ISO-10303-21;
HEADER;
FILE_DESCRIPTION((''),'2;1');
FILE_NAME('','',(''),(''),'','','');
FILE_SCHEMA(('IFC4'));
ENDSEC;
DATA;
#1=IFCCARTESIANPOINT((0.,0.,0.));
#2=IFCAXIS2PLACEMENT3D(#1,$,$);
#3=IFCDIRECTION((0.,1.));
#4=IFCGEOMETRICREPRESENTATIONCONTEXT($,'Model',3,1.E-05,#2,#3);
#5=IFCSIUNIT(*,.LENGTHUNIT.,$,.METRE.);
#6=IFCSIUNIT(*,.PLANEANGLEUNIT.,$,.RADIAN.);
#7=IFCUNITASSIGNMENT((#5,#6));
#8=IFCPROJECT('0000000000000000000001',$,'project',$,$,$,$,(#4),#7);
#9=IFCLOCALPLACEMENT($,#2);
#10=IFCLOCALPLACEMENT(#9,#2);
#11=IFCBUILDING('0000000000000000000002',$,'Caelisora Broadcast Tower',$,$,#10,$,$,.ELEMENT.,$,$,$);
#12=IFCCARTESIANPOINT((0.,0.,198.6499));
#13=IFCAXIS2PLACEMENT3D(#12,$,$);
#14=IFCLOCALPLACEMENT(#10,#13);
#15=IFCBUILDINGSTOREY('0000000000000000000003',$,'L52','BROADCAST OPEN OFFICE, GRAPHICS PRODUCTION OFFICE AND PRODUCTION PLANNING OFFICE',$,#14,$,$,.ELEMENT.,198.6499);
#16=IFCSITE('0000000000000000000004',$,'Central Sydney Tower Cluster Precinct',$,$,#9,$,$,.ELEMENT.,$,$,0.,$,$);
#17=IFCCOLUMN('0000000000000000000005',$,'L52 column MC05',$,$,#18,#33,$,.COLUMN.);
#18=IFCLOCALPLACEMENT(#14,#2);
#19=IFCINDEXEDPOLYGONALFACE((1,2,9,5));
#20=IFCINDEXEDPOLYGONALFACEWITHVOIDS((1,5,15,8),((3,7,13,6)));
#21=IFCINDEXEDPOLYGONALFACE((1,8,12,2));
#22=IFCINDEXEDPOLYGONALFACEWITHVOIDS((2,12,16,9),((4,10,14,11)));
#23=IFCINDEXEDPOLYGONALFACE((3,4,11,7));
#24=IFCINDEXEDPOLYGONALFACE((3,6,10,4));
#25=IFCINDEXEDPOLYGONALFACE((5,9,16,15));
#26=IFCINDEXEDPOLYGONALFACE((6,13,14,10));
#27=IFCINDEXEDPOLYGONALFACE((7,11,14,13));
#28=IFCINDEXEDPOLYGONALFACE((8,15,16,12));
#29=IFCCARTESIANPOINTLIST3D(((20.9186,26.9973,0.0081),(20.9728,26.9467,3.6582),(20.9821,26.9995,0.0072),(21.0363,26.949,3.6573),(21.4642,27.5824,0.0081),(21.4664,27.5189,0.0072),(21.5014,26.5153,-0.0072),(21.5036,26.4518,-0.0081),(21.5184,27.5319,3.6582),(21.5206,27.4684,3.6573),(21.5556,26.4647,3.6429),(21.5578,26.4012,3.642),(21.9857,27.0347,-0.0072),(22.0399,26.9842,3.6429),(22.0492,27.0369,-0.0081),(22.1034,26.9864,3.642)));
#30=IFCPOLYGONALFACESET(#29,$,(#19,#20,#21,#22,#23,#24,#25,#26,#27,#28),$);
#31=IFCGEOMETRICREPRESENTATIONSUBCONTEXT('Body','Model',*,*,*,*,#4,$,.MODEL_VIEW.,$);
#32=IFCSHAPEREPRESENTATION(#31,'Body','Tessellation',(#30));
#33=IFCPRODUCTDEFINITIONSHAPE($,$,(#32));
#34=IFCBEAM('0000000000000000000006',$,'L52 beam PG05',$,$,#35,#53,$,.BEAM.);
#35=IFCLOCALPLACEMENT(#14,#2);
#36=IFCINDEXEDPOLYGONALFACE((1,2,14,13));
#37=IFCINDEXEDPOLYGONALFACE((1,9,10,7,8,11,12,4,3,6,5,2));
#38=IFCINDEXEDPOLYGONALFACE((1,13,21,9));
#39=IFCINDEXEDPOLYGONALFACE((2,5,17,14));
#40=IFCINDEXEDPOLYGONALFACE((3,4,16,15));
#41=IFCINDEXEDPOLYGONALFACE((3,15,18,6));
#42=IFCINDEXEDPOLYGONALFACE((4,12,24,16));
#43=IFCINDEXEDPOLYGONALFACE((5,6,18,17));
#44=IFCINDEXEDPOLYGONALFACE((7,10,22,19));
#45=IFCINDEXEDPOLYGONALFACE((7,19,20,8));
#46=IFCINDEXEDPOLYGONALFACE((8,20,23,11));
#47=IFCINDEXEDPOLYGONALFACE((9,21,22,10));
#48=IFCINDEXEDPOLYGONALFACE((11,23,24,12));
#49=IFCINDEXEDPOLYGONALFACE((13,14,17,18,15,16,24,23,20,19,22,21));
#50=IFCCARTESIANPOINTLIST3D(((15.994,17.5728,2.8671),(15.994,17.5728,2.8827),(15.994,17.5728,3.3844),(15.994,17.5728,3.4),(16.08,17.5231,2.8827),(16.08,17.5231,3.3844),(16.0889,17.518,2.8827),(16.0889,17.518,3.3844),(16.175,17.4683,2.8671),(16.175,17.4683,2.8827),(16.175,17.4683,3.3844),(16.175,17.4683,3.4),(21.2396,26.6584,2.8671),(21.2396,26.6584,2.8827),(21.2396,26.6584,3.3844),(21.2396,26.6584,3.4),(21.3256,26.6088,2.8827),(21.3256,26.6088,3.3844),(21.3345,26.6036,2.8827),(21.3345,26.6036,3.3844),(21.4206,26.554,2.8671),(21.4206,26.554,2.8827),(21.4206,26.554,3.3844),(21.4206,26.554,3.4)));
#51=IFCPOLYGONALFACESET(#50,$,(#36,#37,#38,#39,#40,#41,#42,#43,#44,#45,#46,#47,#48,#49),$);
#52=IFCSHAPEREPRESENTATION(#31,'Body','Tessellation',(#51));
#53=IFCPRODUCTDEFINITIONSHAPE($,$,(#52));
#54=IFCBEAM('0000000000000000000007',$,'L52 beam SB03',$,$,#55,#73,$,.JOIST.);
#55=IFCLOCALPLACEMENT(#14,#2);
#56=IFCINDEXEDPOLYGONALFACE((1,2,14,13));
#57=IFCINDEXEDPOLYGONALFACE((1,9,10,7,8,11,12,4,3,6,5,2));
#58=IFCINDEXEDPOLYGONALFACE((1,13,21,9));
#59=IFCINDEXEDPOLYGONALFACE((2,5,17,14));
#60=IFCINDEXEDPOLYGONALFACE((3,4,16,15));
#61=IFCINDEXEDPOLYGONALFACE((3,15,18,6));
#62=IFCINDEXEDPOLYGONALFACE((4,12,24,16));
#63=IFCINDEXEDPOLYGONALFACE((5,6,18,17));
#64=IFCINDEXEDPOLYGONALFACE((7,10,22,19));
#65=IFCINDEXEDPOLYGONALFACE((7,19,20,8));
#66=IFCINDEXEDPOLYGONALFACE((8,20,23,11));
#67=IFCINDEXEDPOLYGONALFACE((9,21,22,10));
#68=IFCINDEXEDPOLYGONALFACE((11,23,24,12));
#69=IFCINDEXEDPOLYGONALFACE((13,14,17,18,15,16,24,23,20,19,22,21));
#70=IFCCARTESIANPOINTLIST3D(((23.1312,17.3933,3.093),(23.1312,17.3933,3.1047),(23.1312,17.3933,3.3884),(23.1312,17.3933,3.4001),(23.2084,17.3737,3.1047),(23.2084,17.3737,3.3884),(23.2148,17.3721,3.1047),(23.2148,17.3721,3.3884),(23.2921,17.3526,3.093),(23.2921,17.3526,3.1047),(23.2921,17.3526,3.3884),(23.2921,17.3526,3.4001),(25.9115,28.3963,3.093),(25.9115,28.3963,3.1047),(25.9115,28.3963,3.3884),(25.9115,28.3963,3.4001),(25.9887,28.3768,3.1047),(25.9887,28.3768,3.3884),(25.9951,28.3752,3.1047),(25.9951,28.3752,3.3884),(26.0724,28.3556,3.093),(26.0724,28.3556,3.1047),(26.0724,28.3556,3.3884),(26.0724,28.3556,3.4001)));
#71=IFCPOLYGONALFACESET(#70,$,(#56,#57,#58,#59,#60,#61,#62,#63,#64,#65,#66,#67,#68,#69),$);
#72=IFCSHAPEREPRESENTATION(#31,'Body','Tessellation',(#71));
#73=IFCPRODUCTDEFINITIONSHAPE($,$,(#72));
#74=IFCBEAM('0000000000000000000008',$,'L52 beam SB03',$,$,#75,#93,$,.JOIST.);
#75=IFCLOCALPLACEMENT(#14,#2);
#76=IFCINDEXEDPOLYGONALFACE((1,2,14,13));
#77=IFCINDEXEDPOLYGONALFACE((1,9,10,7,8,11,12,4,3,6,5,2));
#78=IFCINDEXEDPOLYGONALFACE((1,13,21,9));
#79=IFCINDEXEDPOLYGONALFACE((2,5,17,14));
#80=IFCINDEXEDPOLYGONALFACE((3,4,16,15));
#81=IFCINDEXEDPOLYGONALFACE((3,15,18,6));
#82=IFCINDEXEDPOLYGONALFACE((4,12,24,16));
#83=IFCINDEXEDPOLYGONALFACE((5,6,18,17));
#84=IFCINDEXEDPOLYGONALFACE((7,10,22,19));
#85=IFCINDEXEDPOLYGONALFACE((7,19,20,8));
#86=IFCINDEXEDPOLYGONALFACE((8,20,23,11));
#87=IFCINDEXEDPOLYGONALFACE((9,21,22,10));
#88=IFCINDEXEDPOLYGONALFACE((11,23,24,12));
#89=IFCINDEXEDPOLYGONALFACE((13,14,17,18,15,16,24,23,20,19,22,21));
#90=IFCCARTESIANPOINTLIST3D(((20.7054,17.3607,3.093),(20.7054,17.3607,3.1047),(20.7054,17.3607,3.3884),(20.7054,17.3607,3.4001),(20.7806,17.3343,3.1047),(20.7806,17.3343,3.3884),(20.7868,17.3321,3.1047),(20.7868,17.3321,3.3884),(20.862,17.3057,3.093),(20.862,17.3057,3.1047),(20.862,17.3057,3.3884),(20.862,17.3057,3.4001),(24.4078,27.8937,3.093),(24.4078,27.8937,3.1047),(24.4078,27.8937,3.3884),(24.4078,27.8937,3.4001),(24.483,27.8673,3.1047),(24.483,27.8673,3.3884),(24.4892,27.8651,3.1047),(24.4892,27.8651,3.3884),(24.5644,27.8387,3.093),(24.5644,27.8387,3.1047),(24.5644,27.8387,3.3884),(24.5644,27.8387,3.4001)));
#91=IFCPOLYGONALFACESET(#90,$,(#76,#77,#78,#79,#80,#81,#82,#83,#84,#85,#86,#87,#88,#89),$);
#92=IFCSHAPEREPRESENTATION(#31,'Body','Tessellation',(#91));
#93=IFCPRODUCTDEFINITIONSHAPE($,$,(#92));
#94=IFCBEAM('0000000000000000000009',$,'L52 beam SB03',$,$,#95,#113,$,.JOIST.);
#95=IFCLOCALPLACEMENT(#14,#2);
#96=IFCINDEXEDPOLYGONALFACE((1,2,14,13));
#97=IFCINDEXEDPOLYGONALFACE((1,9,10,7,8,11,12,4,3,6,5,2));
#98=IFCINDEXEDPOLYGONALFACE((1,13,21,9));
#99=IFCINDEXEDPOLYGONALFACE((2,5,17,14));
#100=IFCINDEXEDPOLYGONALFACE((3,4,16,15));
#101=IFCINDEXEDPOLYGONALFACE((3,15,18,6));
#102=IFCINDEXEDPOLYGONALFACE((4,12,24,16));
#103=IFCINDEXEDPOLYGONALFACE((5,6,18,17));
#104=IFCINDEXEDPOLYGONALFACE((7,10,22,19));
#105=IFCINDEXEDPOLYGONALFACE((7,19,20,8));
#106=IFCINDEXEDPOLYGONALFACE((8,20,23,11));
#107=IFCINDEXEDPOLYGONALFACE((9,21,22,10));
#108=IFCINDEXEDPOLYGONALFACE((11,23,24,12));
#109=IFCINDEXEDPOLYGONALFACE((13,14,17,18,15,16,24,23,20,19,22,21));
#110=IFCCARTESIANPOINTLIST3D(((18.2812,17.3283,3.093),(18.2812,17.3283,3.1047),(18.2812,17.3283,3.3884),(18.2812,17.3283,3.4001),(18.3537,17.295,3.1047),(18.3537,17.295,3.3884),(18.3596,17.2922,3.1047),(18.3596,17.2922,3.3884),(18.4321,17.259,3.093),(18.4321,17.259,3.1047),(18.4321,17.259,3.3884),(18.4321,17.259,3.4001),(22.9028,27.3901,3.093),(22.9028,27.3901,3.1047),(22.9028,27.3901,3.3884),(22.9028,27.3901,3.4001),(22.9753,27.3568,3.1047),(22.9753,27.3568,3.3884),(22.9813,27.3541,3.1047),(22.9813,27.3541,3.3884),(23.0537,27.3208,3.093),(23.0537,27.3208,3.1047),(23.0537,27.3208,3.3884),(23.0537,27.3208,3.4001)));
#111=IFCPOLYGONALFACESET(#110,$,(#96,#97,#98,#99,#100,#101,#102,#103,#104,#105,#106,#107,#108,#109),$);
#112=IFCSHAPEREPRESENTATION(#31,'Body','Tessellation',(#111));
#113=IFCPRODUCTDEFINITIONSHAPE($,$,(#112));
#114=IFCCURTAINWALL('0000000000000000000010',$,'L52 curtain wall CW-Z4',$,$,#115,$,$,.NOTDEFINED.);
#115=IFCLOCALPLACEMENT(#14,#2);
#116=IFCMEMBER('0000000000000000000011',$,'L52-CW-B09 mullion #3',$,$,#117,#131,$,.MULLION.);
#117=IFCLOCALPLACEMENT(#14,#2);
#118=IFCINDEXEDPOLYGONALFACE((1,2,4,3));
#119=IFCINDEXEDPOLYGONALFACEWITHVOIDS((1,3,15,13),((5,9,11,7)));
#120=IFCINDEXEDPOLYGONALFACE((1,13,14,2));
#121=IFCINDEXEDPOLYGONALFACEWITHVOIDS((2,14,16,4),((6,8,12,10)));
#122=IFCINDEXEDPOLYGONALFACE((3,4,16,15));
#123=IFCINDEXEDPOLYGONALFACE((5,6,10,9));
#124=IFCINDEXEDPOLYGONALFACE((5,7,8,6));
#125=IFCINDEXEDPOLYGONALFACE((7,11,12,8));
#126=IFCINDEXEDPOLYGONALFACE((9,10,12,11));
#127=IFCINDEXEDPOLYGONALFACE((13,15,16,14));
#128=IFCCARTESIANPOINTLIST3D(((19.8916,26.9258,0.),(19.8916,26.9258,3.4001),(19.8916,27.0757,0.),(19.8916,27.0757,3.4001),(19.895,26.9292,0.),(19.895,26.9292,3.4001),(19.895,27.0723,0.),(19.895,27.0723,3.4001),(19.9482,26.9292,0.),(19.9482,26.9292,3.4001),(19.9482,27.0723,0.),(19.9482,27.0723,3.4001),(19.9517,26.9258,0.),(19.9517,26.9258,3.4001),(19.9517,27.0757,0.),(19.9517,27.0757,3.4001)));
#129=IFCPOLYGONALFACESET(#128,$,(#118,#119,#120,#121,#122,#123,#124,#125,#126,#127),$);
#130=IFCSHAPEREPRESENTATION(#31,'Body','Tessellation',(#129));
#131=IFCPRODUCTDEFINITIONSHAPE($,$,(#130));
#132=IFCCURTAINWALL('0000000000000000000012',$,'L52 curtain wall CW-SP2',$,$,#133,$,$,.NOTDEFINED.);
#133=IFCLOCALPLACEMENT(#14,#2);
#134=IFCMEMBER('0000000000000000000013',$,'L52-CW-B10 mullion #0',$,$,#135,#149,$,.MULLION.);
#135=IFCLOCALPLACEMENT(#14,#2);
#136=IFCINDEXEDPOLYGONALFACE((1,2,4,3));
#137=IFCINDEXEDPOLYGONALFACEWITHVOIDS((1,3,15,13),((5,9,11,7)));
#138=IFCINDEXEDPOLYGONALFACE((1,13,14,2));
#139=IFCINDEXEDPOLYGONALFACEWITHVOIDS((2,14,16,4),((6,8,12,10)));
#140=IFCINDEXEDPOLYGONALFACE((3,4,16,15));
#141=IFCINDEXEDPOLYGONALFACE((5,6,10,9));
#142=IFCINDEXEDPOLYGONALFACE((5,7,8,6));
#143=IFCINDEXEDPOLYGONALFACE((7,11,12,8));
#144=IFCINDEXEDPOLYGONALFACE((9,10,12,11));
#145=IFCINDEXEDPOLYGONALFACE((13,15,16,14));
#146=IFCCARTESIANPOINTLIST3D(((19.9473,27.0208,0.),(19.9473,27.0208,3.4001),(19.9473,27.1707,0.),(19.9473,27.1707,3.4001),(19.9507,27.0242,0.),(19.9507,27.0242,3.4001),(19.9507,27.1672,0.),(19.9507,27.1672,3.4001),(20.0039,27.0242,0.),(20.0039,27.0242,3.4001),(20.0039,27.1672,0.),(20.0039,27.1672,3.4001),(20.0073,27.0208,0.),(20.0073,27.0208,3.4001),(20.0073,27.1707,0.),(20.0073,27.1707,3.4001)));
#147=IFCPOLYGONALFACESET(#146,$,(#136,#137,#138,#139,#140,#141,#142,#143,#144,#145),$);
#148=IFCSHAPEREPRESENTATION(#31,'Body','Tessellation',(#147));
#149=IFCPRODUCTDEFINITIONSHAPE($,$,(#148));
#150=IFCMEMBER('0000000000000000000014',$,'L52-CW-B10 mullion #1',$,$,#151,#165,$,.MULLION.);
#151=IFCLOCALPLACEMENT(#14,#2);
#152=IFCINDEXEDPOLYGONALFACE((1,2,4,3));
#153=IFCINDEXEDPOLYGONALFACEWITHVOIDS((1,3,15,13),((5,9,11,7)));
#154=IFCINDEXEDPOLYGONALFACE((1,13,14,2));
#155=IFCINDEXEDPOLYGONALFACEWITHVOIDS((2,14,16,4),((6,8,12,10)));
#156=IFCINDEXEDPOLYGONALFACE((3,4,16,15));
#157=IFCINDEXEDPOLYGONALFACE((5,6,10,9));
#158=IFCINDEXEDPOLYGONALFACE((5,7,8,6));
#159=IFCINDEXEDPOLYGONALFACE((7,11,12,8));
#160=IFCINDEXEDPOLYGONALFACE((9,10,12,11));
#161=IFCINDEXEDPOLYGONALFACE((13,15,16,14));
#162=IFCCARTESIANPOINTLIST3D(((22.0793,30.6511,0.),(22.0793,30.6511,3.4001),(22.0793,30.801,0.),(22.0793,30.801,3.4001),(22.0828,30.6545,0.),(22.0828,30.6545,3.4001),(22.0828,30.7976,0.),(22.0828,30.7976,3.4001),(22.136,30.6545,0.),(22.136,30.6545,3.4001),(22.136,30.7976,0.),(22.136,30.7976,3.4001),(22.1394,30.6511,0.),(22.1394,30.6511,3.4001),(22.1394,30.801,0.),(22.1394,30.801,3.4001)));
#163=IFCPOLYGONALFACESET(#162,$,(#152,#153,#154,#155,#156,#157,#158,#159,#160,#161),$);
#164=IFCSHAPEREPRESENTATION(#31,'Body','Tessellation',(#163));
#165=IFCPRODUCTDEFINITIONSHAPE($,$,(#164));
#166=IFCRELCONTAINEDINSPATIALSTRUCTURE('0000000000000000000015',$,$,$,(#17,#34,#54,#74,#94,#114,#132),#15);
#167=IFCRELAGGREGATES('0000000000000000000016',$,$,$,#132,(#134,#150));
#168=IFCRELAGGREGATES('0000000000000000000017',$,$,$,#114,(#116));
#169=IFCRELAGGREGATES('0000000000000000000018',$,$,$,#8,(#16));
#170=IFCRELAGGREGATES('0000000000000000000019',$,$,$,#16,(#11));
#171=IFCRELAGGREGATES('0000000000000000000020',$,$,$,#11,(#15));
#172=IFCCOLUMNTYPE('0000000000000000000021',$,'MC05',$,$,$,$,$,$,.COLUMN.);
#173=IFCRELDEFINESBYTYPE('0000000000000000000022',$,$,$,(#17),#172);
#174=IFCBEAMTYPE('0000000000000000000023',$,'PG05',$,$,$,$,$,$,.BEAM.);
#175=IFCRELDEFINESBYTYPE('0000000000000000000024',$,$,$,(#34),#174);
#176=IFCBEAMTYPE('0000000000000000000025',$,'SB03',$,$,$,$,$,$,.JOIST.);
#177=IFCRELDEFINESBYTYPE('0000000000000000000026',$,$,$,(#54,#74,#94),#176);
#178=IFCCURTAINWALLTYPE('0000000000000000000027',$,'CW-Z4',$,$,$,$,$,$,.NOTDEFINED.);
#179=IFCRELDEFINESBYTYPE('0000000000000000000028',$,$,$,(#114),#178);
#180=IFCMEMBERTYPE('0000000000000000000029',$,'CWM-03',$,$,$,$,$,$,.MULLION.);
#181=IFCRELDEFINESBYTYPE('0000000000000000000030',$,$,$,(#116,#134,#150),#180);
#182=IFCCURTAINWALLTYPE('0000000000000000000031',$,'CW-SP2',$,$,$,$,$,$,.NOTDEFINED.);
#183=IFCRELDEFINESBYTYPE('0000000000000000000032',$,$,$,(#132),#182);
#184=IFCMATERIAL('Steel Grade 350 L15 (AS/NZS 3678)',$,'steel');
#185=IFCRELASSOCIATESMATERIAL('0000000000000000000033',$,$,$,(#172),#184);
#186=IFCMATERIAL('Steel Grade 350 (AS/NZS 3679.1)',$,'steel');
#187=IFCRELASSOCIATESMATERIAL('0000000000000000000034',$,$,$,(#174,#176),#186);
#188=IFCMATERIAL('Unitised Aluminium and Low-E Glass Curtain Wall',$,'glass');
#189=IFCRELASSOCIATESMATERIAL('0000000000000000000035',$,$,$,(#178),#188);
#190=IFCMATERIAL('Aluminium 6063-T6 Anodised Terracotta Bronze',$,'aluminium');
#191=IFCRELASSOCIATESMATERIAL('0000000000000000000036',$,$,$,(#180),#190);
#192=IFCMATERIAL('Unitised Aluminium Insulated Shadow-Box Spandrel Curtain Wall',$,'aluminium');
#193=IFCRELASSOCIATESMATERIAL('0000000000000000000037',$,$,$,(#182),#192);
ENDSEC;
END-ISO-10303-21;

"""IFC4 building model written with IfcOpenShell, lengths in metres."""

from ifc_helpers import new_model, si_unit, direction, frame, origin, origin_2d, place, context, subcontext, project, spatial, hollow_rectangle, i_section, extrude, source, transform, mapped, material, material_profile, profile_set, type_object, type_shapes, element, aggregate, save


model = new_model("IFC4")

# Units and contexts
model_context = context("Model", 3, precision=1e-05, world=origin(), true_north=direction((0.0, 1.0)))
body_context = subcontext(model_context, "Body", "Model", "MODEL_VIEW")
ifc_project = project(units=[si_unit("LENGTHUNIT", "METRE"), si_unit("PLANEANGLEUNIT", "RADIAN")], contexts=[model_context])

# Site, building, storey
site_placement = place(None, origin())
site = spatial("IfcSite", under=ifc_project, at=site_placement, Name="Central Sydney Tower Cluster Precinct", CompositionType="ELEMENT", RefElevation=0.0)
building_placement = place(site_placement, origin())
building = spatial("IfcBuilding", under=site, at=building_placement, Name="Caelisora Broadcast Tower", CompositionType="ELEMENT")
storey_placement = place(building_placement, frame((0.0, 0.0, 198.6499)))
storey = spatial("IfcBuildingStorey", under=building, at=storey_placement, Name="L52", Description="BROADCAST OPEN OFFICE, GRAPHICS PRODUCTION OFFICE AND PRODUCTION PLANNING OFFICE", CompositionType="ELEMENT", Elevation=198.6499)

# Column
ifc_material_1 = material(Name="Steel Grade 350 L15 (AS/NZS 3678)", Category="steel")
ifc_material_profile_1 = material_profile(ifc_material_1, hollow_rectangle(XDim=0.8, YDim=0.8, WallThickness=0.0449, at=origin_2d()), Name="Steel Grade 350 L15 (AS/NZS 3678)")
ifc_profile_set_1 = profile_set([ifc_material_profile_1], Name="Steel Grade 350 L15 (AS/NZS 3678)")
column_type = type_object("IfcColumnType", Name="MC05", PredefinedType="COLUMN", material=ifc_profile_set_1)
shared_shape_1 = source(origin(), body_context, "Body", "SweptSolid", [
    extrude(hollow_rectangle(XDim=0.8, YDim=0.8, WallThickness=0.0449, at=origin_2d()), origin(), (0.0, 0.0, 1.0), 3.6509),
])
type_shapes(column_type, [shared_shape_1])
column_placement = place(storey_placement, frame((21.4839, 27.0171, 0.0), z_axis=(0.014845, -0.013842, 0.999794), x_axis=(0.681966, 0.731384, 0.0)))
element("IfcColumn", 1, at=column_placement, inside=storey, type_object=column_type, Name="L52 column MC05", PredefinedType="COLUMN", context=body_context, shape_type="MappedRepresentation", body=[
    mapped(shared_shape_1, transform((0.0, 0.0, 0.0), scale=1.0)),
])

# Beams
ifc_material_2 = material(Name="Steel Grade 350 (AS/NZS 3679.1)", Category="steel")
ifc_material_profile_2 = material_profile(ifc_material_2, i_section(OverallWidth=0.209, OverallDepth=0.533, WebThickness=0.0103, FlangeThickness=0.0156, at=origin_2d()), Name="Steel Grade 350 (AS/NZS 3679.1)")
ifc_profile_set_2 = profile_set([ifc_material_profile_2], Name="Steel Grade 350 (AS/NZS 3679.1)")
beam_type_1 = type_object("IfcBeamType", Name="PG05", PredefinedType="BEAM", material=ifc_profile_set_2)
shared_shape_2 = source(origin(), body_context, "Body", "SweptSolid", [
    extrude(i_section(OverallWidth=0.209, OverallDepth=0.533, WebThickness=0.0103, FlangeThickness=0.0156, at=origin_2d()), origin(), (0.0, 0.0, 1.0), 10.4912),
])
type_shapes(beam_type_1, [shared_shape_2])
beam_1_placement = place(storey_placement, frame((21.3301, 26.6062, 3.1335), z_axis=(-0.499998, -0.866026, 0.0), x_axis=(0.866026, -0.499998, 0.0)))
element("IfcBeam", 2, at=beam_1_placement, inside=storey, type_object=beam_type_1, Name="L52 beam PG05", PredefinedType="BEAM", context=body_context, shape_type="MappedRepresentation", body=[
    mapped(shared_shape_2, transform((0.0, 0.0, 0.0), scale=1.0)),
])
ifc_material_profile_3 = material_profile(ifc_material_2, i_section(OverallWidth=0.166, OverallDepth=0.3071, WebThickness=0.0066, FlangeThickness=0.0117, at=origin_2d()), Name="Steel Grade 350 (AS/NZS 3679.1)")
ifc_profile_set_3 = profile_set([ifc_material_profile_3], Name="Steel Grade 350 (AS/NZS 3679.1)")
beam_type_2 = type_object("IfcBeamType", Name="SB03", PredefinedType="JOIST", material=ifc_profile_set_3)
shared_shape_3 = source(origin(), body_context, "Body", "SweptSolid", [
    extrude(i_section(OverallWidth=0.166, OverallDepth=0.3071, WebThickness=0.0066, FlangeThickness=0.0117, at=origin_2d()), origin(), (0.0, 0.0, 1.0), 11.3489),
])
beam_2_placement = place(storey_placement, frame((25.9919, 28.376, 3.2466), z_axis=(-0.244985, -0.969527, 0.0), x_axis=(0.969527, -0.244985, 0.0)))
element("IfcBeam", 3, at=beam_2_placement, inside=storey, type_object=beam_type_2, Name="L52 beam SB03", PredefinedType="JOIST", context=body_context, shape_type="MappedRepresentation", body=[
    mapped(shared_shape_3, transform((0.0, 0.0, 0.0), scale=1.0)),
])
shared_shape_4 = source(origin(), body_context, "Body", "SweptSolid", [
    extrude(i_section(OverallWidth=0.166, OverallDepth=0.3071, WebThickness=0.0066, FlangeThickness=0.0117, at=origin_2d()), origin(), (0.0, 0.0, 1.0), 11.1648),
])
beam_3_placement = place(storey_placement, frame((24.4861, 27.8662, 3.2466), z_axis=(-0.331615, -0.943415, 0.0), x_axis=(0.943415, -0.331615, 0.0)))
element("IfcBeam", 4, at=beam_3_placement, inside=storey, type_object=beam_type_2, Name="L52 beam SB03", PredefinedType="JOIST", context=body_context, shape_type="MappedRepresentation", body=[
    mapped(shared_shape_4, transform((0.0, 0.0, 0.0), scale=1.0)),
])
shared_shape_5 = source(origin(), body_context, "Body", "SweptSolid", [
    extrude(i_section(OverallWidth=0.166, OverallDepth=0.3071, WebThickness=0.0066, FlangeThickness=0.0117, at=origin_2d()), origin(), (0.0, 0.0, 1.0), 11.0725),
])
type_shapes(beam_type_2, [shared_shape_3, shared_shape_4, shared_shape_5])
beam_4_placement = place(storey_placement, frame((22.9783, 27.3555, 3.2466), z_axis=(-0.417396, -0.908725, 0.0), x_axis=(0.908725, -0.417396, 0.0)))
element("IfcBeam", 5, at=beam_4_placement, inside=storey, type_object=beam_type_2, Name="L52 beam SB03", PredefinedType="JOIST", context=body_context, shape_type="MappedRepresentation", body=[
    mapped(shared_shape_5, transform((0.0, 0.0, 0.0), scale=1.0)),
])

# Curtain wall, member
ifc_material_3 = material(Name="Unitised Aluminium and Low-E Glass Curtain Wall", Category="glass")
curtain_wall_type_1 = type_object("IfcCurtainWallType", Name="CW-Z4", PredefinedType="NOTDEFINED", material=ifc_material_3)
curtain_wall_1_placement = place(storey_placement, origin())
curtain_wall_1 = element("IfcCurtainWall", 6, at=curtain_wall_1_placement, inside=storey, type_object=curtain_wall_type_1, Name="L52 curtain wall CW-Z4", PredefinedType="NOTDEFINED")
ifc_material_4 = material(Name="Aluminium 6063-T6 Anodised Terracotta Bronze", Category="aluminium")
ifc_material_profile_4 = material_profile(ifc_material_4, hollow_rectangle(XDim=0.0601, YDim=0.1499, WallThickness=0.0034, at=origin_2d()), Name="Aluminium 6063-T6 Anodised Terracotta Bronze")
ifc_profile_set_4 = profile_set([ifc_material_profile_4], Name="Aluminium 6063-T6 Anodised Terracotta Bronze")
member_type_1 = type_object("IfcMemberType", Name="CWM-03", PredefinedType="MULLION", material=ifc_profile_set_4)
shared_shape_6 = source(origin(), body_context, "Body", "SweptSolid", [
    extrude(hollow_rectangle(XDim=0.0601, YDim=0.1499, WallThickness=0.0034, at=origin_2d()), origin(), (0.0, 0.0, 1.0), 3.4001),
])
type_shapes(member_type_1, [shared_shape_6])
member_1_placement = place(storey_placement, frame((19.9216, 27.0007, 0.0), z_axis=(0.0, 0.0, 1.0), x_axis=(1.0, 0.0, 0.0)))
member_1 = element("IfcMember", 7, at=member_1_placement, type_object=member_type_1, Name="L52-CW-B09 mullion #3", PredefinedType="MULLION", context=body_context, shape_type="MappedRepresentation", body=[
    mapped(shared_shape_6, transform((0.0, 0.0, 0.0), scale=1.0)),
])

# Curtain wall, members
ifc_material_5 = material(Name="Unitised Aluminium Insulated Shadow-Box Spandrel Curtain Wall", Category="aluminium")
curtain_wall_type_2 = type_object("IfcCurtainWallType", Name="CW-SP2", PredefinedType="NOTDEFINED", material=ifc_material_5)
curtain_wall_2_placement = place(storey_placement, origin())
curtain_wall_2 = element("IfcCurtainWall", 8, at=curtain_wall_2_placement, inside=storey, type_object=curtain_wall_type_2, Name="L52 curtain wall CW-SP2", PredefinedType="NOTDEFINED")
member_2_placement = place(storey_placement, frame((19.9773, 27.0957, 0.0), z_axis=(0.0, 0.0, 1.0), x_axis=(1.0, 0.0, 0.0)))
member_2 = element("IfcMember", 9, at=member_2_placement, type_object=member_type_1, Name="L52-CW-B10 mullion #0", PredefinedType="MULLION", context=body_context, shape_type="MappedRepresentation", body=[
    mapped(shared_shape_6, transform((0.0, 0.0, 0.0), scale=1.0)),
])
member_3_placement = place(storey_placement, frame((22.1094, 30.7261, 0.0), z_axis=(0.0, 0.0, 1.0), x_axis=(1.0, 0.0, 0.0)))
member_3 = element("IfcMember", 10, at=member_3_placement, type_object=member_type_1, Name="L52-CW-B10 mullion #1", PredefinedType="MULLION", context=body_context, shape_type="MappedRepresentation", body=[
    mapped(shared_shape_6, transform((0.0, 0.0, 0.0), scale=1.0)),
])

aggregate(curtain_wall_2, [member_2, member_3])
aggregate(curtain_wall_1, [member_1])

save(model, "model.ifc")
